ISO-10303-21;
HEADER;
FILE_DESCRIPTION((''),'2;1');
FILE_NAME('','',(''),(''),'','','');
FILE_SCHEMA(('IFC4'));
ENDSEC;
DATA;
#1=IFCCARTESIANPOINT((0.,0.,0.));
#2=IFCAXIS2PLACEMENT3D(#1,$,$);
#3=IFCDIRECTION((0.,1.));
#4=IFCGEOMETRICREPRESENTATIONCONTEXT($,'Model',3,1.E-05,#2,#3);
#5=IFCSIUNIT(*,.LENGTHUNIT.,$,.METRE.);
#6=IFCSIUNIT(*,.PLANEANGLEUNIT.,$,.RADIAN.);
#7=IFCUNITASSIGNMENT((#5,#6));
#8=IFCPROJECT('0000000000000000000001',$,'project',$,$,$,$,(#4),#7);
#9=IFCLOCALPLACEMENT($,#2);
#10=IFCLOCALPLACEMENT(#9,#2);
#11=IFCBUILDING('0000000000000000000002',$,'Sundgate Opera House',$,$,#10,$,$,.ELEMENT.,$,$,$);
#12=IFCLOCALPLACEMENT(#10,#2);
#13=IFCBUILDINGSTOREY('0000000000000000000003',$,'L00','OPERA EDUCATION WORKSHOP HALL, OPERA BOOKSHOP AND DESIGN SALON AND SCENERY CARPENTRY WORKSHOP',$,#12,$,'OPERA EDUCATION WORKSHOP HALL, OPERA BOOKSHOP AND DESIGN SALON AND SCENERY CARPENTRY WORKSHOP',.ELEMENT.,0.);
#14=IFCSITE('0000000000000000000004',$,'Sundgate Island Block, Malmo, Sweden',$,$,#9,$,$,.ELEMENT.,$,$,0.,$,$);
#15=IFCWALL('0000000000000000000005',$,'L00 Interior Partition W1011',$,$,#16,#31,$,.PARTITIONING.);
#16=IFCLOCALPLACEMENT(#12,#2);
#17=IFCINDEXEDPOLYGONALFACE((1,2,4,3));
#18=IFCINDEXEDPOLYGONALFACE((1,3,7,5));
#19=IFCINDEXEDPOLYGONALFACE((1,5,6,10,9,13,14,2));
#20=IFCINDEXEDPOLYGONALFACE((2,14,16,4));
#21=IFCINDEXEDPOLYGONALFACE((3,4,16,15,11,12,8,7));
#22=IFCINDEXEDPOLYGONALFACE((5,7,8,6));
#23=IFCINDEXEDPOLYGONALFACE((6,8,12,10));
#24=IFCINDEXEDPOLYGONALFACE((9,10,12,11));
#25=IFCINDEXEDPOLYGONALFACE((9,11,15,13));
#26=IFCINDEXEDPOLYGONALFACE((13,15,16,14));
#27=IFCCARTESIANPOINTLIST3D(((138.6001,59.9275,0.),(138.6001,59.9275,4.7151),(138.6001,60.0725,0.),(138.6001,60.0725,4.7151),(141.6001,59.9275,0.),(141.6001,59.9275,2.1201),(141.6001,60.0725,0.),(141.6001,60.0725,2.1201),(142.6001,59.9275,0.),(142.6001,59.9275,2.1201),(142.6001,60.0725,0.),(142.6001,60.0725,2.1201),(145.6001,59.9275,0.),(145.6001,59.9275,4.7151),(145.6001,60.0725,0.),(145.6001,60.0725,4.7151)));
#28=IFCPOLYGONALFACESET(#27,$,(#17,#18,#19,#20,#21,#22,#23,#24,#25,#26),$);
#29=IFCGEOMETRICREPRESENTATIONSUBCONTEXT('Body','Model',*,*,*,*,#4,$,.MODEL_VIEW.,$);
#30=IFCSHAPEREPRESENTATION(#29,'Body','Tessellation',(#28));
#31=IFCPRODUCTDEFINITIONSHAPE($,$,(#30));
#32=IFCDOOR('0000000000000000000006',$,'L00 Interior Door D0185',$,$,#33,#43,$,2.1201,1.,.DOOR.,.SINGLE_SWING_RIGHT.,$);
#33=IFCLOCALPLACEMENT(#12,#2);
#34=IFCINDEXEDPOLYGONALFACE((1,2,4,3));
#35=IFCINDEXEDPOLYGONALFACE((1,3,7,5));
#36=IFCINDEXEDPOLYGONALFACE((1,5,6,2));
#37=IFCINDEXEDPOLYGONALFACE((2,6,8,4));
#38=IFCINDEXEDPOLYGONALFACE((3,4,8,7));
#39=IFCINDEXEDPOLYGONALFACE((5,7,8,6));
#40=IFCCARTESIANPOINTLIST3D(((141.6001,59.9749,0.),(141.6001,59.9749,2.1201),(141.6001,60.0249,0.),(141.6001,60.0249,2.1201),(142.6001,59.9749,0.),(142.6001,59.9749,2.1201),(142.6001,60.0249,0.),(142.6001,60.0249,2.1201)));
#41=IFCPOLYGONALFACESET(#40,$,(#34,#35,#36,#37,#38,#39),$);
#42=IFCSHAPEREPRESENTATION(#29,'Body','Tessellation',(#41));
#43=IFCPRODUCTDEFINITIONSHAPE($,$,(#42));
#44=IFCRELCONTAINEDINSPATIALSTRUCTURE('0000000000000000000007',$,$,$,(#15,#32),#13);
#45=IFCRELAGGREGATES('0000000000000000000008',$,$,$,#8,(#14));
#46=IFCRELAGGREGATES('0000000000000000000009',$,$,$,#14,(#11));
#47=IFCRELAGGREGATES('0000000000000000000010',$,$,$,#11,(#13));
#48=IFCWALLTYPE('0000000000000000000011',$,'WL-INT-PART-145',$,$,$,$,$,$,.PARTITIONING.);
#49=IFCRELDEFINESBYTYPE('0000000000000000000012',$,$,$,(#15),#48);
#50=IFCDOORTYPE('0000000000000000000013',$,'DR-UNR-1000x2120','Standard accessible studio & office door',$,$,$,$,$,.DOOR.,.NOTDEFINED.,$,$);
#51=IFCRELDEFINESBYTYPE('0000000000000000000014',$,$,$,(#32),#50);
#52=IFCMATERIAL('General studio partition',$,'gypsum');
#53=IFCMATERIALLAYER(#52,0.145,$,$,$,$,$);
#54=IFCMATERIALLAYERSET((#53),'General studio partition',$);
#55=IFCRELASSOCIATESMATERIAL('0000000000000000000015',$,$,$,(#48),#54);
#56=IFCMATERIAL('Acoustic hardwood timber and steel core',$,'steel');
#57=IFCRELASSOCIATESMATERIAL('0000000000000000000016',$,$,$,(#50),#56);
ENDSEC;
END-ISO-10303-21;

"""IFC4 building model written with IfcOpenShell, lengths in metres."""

from ifc_helpers import new_model, si_unit, direction, frame, frame_2d, origin, place, context, subcontext, project, spatial, rectangle, extrude, material, layer, layer_set, type_object, element, fill, save


model = new_model("IFC4")

# Units and contexts
model_context = context("Model", 3, precision=1e-05, world=origin(), true_north=direction((0.0, 1.0)))
body_context = subcontext(model_context, "Body", "Model", "MODEL_VIEW")
ifc_project = project(units=[si_unit("LENGTHUNIT", "METRE"), si_unit("PLANEANGLEUNIT", "RADIAN")], contexts=[model_context])

# Site, building, storey
site_placement = place(None, origin())
site = spatial("IfcSite", under=ifc_project, at=site_placement, Name="Sundgate Island Block, Malmo, Sweden", CompositionType="ELEMENT", RefElevation=0.0)
building_placement = place(site_placement, origin())
building = spatial("IfcBuilding", under=site, at=building_placement, Name="Sundgate Opera House", CompositionType="ELEMENT")
storey_placement = place(building_placement, origin())
storey = spatial("IfcBuildingStorey", under=building, at=storey_placement, Name="L00", Description="OPERA EDUCATION WORKSHOP HALL, OPERA BOOKSHOP AND DESIGN SALON AND SCENERY CARPENTRY WORKSHOP", LongName="OPERA EDUCATION WORKSHOP HALL, OPERA BOOKSHOP AND DESIGN SALON AND SCENERY CARPENTRY WORKSHOP", CompositionType="ELEMENT", Elevation=0.0)

# Wall, opening, door
ifc_material_1 = material(Name="General studio partition", Category="gypsum")
ifc_layer_1 = layer(ifc_material_1, 0.145)
ifc_layer_set_1 = layer_set([ifc_layer_1], Name="General studio partition")
wall_type = type_object("IfcWallType", Name="WL-INT-PART-145", PredefinedType="PARTITIONING", material=ifc_layer_set_1)
wall_placement = place(storey_placement, frame((138.6001, 60.0, 0.0), z_axis=(0.0, 0.0, 1.0), x_axis=(1.0, 0.0, 0.0)))
wall = element("IfcWall", 1, at=wall_placement, inside=storey, type_object=wall_type, Name="L00 Interior Partition W1011", PredefinedType="PARTITIONING", context=body_context, shape_type="SweptSolid", body=[
    extrude(rectangle(XDim=7.0, YDim=0.145, at=frame_2d((3.5, 0.0))), origin(), (0.0, 0.0, 1.0), 4.7151),
])
opening_placement = place(wall_placement, frame((3.0, 0.0, 0.0)))
opening = element("IfcOpeningElement", 2, at=opening_placement, cuts=wall, PredefinedType="OPENING", context=body_context, shape_type="SweptSolid", body=[
    extrude(rectangle(XDim=1.0, YDim=2.1201, at=frame_2d((0.5, 1.0601))), frame((0.0, 0.0825, 0.0), z_axis=(0.0, -1.0, 0.0), x_axis=(1.0, 0.0, 0.0)), (0.0, 0.0, 1.0), 0.165),
])
ifc_material_2 = material(Name="Acoustic hardwood timber and steel core", Category="steel")
door_type = type_object("IfcDoorType", Name="DR-UNR-1000x2120", Description="Standard accessible studio & office door", OperationType="NOTDEFINED", PredefinedType="DOOR", material=ifc_material_2)
door_placement = place(opening_placement, origin())
door = element("IfcDoor", 3, at=door_placement, inside=storey, type_object=door_type, Name="L00 Interior Door D0185", OperationType="SINGLE_SWING_RIGHT", OverallHeight=2.1201, OverallWidth=1.0, PredefinedType="DOOR", context=body_context, shape_type="SweptSolid", body=[
    extrude(rectangle(XDim=1.0, YDim=2.1201, at=frame_2d((0.5, 1.0601))), frame((0.0, 0.0249, 0.0), z_axis=(0.0, -1.0, 0.0), x_axis=(1.0, 0.0, 0.0)), (0.0, 0.0, 1.0), 0.05),
])
fill(opening, door)

save(model, "model.ifc")
